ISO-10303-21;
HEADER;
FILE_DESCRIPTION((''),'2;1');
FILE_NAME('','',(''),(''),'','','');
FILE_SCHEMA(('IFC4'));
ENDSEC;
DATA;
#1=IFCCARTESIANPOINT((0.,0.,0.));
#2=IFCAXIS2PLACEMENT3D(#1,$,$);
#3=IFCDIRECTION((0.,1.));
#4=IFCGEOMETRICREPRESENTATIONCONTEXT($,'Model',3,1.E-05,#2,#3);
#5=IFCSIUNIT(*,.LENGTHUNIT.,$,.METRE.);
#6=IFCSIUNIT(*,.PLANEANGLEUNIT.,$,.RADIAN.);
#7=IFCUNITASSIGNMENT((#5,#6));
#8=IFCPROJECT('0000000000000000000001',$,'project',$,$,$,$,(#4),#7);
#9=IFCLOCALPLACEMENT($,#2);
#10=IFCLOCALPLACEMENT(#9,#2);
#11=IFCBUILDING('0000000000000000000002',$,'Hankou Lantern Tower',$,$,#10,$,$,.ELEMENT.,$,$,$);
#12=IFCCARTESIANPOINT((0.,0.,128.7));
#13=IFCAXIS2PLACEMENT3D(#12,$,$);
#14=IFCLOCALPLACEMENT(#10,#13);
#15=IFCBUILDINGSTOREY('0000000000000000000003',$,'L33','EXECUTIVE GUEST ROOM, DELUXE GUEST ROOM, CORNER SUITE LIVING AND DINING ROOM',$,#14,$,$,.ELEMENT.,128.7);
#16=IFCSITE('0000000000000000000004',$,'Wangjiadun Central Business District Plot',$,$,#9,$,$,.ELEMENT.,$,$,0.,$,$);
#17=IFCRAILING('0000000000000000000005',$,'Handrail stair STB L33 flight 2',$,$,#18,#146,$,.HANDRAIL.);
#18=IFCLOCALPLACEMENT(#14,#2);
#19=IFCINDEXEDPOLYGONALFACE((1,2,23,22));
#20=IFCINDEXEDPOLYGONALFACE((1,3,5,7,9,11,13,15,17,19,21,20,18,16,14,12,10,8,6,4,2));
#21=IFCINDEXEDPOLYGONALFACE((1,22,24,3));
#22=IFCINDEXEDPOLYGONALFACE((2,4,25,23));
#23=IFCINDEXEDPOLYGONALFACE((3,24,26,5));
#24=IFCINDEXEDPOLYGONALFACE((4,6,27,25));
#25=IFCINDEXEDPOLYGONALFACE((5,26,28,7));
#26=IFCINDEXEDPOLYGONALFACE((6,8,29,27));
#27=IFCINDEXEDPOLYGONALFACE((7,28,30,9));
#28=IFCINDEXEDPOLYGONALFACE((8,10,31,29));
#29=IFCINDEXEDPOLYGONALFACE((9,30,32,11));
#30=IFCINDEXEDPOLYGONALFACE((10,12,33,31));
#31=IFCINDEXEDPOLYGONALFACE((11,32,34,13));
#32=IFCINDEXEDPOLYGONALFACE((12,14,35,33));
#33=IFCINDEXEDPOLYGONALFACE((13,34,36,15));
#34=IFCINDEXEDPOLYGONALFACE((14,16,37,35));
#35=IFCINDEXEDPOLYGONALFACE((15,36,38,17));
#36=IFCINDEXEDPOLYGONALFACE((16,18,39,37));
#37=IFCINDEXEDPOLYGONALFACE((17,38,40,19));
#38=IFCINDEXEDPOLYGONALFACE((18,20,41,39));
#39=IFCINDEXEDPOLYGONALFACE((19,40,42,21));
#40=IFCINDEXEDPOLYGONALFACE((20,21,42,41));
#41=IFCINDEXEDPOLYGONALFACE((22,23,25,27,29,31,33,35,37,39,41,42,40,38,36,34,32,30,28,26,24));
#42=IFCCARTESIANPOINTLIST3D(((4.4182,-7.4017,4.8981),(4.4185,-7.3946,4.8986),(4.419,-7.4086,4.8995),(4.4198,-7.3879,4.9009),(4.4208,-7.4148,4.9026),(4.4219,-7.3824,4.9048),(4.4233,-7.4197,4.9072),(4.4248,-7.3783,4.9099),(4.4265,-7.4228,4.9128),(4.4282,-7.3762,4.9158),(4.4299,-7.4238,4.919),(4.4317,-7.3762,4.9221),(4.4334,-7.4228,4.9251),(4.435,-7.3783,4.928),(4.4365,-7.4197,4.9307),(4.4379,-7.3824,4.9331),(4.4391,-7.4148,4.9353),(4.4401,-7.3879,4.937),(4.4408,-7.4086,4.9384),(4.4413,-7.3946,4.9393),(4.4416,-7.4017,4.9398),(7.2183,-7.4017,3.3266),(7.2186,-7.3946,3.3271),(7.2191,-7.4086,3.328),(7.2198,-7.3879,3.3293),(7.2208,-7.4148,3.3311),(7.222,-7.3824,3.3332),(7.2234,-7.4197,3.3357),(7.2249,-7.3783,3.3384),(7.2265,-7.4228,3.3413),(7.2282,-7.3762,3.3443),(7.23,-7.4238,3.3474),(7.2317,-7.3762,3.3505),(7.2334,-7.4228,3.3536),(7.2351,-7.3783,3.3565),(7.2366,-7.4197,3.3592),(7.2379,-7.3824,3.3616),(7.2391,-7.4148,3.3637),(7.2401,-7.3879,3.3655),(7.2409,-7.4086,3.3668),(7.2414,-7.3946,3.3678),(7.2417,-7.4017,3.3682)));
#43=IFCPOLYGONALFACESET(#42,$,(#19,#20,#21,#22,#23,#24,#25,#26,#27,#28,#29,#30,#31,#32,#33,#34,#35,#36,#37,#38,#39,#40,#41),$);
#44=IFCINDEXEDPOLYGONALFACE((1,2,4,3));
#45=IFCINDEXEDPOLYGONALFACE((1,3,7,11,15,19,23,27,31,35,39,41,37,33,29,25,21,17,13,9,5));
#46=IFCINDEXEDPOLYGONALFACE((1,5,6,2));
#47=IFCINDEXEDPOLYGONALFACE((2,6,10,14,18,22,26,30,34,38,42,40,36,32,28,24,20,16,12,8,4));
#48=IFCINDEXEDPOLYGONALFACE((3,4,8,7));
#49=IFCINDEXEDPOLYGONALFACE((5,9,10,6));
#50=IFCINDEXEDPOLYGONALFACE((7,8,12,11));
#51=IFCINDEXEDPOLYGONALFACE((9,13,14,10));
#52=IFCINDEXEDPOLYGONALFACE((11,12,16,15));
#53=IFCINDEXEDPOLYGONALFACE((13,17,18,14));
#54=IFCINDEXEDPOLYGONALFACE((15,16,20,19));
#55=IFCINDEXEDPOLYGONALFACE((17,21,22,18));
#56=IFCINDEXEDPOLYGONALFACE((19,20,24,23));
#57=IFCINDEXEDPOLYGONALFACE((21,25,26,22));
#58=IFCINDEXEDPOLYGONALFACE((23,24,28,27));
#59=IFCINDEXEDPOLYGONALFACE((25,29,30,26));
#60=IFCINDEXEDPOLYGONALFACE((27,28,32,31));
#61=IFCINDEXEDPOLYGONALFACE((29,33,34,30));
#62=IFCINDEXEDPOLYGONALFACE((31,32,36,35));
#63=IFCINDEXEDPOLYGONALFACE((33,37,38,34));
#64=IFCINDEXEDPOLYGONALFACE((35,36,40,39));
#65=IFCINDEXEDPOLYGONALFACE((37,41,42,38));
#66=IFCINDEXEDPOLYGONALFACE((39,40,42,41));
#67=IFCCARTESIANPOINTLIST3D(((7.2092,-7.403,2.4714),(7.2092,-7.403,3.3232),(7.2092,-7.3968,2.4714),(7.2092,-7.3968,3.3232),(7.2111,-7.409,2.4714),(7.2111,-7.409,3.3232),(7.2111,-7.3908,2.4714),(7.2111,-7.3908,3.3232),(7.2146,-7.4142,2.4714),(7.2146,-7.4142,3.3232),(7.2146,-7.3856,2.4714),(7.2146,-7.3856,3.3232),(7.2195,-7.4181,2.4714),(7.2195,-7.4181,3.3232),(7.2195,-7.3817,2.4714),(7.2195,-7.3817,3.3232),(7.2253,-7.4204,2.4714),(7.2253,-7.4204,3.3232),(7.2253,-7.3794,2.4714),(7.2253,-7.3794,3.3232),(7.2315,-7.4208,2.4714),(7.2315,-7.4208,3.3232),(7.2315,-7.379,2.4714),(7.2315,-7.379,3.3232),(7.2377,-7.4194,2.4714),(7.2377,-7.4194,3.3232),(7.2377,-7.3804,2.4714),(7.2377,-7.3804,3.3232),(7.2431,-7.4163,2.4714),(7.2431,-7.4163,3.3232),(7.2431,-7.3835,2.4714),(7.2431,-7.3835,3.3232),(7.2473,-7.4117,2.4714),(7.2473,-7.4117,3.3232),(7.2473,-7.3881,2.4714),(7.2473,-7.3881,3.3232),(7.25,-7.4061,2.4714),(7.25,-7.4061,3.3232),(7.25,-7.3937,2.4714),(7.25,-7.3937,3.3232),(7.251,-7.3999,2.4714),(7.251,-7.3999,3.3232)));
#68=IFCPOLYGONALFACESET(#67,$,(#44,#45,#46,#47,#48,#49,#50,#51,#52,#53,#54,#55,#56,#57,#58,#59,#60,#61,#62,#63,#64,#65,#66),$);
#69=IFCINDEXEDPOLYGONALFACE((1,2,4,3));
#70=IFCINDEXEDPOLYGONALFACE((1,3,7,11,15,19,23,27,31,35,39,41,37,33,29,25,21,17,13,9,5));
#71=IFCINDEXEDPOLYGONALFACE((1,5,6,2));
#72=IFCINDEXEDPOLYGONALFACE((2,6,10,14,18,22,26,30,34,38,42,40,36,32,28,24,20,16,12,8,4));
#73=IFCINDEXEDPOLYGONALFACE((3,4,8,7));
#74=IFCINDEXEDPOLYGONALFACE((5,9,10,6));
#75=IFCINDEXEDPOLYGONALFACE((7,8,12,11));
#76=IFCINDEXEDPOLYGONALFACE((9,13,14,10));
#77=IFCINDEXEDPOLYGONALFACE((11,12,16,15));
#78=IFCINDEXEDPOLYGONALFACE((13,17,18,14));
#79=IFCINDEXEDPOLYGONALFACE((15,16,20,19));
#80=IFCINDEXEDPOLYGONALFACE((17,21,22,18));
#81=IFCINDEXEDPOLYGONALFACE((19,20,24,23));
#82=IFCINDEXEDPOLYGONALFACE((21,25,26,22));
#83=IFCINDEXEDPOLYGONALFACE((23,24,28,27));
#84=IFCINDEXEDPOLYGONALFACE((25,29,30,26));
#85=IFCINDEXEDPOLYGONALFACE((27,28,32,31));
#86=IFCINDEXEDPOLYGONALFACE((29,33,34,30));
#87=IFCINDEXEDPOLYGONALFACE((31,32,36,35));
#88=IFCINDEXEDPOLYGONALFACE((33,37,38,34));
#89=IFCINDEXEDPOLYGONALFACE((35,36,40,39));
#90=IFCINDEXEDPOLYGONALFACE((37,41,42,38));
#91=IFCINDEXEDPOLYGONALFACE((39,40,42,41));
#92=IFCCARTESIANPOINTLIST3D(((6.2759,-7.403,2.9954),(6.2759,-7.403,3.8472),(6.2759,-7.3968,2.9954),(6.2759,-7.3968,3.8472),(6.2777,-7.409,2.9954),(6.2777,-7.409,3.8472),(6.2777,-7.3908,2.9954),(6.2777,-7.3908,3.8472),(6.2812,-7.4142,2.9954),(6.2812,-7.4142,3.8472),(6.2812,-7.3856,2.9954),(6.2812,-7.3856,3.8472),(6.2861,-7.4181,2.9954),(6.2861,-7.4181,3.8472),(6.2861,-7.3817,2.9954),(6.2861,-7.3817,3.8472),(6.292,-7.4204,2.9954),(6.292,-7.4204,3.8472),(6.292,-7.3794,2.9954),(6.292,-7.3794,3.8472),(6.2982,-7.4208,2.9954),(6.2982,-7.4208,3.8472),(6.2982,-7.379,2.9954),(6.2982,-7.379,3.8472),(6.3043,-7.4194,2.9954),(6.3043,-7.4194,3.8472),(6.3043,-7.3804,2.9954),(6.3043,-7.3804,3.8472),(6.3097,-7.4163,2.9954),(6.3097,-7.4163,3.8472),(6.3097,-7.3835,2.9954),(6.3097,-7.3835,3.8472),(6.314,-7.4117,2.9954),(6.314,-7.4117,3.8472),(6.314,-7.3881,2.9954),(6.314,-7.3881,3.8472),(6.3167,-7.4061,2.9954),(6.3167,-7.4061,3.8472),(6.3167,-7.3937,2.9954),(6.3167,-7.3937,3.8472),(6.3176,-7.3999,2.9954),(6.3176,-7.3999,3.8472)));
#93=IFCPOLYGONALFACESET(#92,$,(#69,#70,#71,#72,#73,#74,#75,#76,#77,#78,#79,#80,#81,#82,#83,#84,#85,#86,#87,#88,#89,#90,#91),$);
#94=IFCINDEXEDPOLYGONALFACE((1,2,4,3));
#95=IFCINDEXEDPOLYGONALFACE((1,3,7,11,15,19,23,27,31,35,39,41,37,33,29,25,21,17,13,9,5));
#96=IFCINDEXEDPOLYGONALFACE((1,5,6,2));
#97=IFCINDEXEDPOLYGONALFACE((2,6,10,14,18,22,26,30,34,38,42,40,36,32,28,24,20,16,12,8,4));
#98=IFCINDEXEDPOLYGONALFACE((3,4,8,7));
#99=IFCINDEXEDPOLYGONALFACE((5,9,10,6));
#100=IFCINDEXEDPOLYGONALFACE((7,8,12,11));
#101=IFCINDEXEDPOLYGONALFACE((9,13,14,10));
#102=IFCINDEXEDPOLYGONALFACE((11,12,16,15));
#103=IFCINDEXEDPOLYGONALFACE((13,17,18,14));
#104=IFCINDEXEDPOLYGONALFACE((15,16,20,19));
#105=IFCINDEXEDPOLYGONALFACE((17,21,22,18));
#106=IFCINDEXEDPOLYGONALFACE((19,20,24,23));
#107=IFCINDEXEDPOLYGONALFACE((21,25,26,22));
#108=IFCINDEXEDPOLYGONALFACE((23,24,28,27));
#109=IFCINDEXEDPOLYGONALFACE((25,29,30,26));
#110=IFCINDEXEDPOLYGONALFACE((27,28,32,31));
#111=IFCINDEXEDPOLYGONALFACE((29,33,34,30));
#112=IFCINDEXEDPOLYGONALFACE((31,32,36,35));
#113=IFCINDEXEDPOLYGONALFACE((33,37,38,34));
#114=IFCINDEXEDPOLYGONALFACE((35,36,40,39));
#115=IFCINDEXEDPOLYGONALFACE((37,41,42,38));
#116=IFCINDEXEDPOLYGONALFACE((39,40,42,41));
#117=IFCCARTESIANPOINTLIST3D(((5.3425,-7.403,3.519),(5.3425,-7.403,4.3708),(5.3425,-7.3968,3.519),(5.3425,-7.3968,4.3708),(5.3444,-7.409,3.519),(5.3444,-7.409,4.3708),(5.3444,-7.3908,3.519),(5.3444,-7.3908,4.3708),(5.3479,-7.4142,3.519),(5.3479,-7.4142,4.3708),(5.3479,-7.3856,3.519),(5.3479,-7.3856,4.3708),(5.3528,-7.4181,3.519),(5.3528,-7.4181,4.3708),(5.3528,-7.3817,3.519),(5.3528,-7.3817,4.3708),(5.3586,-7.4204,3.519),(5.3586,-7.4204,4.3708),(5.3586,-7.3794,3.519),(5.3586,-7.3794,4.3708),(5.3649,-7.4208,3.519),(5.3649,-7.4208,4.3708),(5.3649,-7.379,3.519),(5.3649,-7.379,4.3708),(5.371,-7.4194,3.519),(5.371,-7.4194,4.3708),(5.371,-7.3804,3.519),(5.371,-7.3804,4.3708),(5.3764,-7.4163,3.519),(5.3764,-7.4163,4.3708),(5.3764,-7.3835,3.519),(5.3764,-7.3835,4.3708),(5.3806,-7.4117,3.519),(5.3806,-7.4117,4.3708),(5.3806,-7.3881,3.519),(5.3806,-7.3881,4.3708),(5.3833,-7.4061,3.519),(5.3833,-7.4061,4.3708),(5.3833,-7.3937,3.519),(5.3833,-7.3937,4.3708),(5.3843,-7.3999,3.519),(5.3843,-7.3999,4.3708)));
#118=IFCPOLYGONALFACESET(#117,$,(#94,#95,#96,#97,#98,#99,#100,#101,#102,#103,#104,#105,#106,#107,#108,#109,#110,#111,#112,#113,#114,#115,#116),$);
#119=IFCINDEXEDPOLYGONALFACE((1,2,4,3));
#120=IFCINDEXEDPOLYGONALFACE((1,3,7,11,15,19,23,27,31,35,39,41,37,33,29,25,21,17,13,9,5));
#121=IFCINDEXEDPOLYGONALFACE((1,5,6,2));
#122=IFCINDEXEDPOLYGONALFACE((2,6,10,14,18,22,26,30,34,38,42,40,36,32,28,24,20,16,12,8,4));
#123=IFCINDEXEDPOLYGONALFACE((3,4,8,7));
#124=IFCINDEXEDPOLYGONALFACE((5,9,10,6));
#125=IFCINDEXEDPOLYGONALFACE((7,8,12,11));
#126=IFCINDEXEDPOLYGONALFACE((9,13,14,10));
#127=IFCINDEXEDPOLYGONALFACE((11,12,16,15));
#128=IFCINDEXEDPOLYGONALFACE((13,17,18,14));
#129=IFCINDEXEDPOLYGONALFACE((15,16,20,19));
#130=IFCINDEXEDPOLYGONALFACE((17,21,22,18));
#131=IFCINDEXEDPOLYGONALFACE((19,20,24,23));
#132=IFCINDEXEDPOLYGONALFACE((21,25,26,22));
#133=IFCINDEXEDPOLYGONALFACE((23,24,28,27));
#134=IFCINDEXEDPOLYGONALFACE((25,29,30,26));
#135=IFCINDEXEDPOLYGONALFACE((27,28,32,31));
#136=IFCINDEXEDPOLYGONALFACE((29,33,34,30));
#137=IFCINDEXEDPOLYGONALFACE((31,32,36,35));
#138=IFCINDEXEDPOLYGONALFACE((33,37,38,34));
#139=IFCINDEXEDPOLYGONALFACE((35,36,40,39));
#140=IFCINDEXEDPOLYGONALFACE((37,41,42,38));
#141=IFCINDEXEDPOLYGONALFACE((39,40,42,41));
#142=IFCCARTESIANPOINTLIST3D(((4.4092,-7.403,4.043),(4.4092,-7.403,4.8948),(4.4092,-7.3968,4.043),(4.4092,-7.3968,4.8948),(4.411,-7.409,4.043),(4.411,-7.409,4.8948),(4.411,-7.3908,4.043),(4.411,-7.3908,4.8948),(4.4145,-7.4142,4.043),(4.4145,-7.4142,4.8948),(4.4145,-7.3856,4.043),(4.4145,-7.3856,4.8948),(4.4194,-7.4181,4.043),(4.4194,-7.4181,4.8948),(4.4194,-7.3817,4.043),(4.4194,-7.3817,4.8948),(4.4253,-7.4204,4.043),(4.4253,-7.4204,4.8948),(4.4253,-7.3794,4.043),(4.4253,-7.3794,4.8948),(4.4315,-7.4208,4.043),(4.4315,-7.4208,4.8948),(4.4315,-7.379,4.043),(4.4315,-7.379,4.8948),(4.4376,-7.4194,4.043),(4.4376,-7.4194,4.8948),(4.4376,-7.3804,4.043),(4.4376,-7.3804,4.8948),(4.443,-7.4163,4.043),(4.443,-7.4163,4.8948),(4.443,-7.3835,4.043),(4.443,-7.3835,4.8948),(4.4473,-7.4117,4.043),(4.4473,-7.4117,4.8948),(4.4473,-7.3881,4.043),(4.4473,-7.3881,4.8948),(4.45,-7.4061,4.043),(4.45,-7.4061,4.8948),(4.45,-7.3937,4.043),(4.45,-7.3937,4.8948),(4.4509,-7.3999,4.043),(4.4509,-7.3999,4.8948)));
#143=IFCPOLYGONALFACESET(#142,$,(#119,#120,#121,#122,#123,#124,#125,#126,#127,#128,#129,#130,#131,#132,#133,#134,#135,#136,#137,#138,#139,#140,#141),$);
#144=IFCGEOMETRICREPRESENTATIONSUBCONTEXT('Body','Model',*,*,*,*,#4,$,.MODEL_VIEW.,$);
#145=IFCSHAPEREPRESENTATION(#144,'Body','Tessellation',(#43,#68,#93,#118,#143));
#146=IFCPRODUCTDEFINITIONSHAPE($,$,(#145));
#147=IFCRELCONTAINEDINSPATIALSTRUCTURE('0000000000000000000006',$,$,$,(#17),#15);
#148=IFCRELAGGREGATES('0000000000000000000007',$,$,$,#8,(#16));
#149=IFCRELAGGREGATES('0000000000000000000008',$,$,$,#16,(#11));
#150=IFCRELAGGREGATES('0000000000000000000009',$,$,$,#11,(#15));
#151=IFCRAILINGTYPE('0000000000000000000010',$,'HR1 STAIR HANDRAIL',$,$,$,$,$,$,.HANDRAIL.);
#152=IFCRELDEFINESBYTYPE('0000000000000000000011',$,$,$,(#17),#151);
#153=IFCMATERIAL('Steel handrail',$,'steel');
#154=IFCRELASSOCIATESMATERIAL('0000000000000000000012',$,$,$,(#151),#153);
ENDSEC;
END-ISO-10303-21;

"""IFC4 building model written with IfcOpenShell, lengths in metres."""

from ifc_helpers import new_model, si_unit, direction, frame, origin, origin_2d, place, context, subcontext, project, spatial, circle, extrude, material, type_object, element, save


model = new_model("IFC4")

# Units and contexts
model_context = context("Model", 3, precision=1e-05, world=origin(), true_north=direction((0.0, 1.0)))
body_context = subcontext(model_context, "Body", "Model", "MODEL_VIEW")
ifc_project = project(units=[si_unit("LENGTHUNIT", "METRE"), si_unit("PLANEANGLEUNIT", "RADIAN")], contexts=[model_context])

# Site, building, storey
site_placement = place(None, origin())
site = spatial("IfcSite", under=ifc_project, at=site_placement, Name="Wangjiadun Central Business District Plot", CompositionType="ELEMENT", RefElevation=0.0)
building_placement = place(site_placement, origin())
building = spatial("IfcBuilding", under=site, at=building_placement, Name="Hankou Lantern Tower", CompositionType="ELEMENT")
storey_placement = place(building_placement, frame((0.0, 0.0, 128.7)))
storey = spatial("IfcBuildingStorey", under=building, at=storey_placement, Name="L33", Description="EXECUTIVE GUEST ROOM, DELUXE GUEST ROOM, CORNER SUITE LIVING AND DINING ROOM", CompositionType="ELEMENT", Elevation=128.7)

# Railing
ifc_material_1 = material(Name="Steel handrail", Category="steel")
railing_type = type_object("IfcRailingType", Name="HR1 STAIR HANDRAIL", PredefinedType="HANDRAIL", material=ifc_material_1)
railing_1_placement = place(storey_placement, frame((7.23, -7.3999, 2.4714)))
element("IfcRailing", 1, at=railing_1_placement, inside=storey, type_object=railing_type, Name="Handrail stair STB L33 flight 2", PredefinedType="HANDRAIL", context=body_context, shape_type="SweptSolid", body=[
    extrude(circle(Radius=0.0239, at=origin_2d()), frame((0.0, 0.0, 0.876), z_axis=(-0.87204, 0.0, 0.489434), x_axis=(0.0, -1.0, 0.0)), (0.0, 0.0, 1.0), 3.2109),
    extrude(circle(Radius=0.021, at=origin_2d()), origin(), (0.0, 0.0, 1.0), 0.8518),
    extrude(circle(Radius=0.021, at=origin_2d()), frame((-0.9333, 0.0, 0.5239)), (0.0, 0.0, 1.0), 0.8518),
    extrude(circle(Radius=0.021, at=origin_2d()), frame((-1.8667, 0.0, 1.0476)), (0.0, 0.0, 1.0), 0.8518),
    extrude(circle(Radius=0.021, at=origin_2d()), frame((-2.8, 0.0, 1.5715)), (0.0, 0.0, 1.0), 0.8518),
])

save(model, "model.ifc")
